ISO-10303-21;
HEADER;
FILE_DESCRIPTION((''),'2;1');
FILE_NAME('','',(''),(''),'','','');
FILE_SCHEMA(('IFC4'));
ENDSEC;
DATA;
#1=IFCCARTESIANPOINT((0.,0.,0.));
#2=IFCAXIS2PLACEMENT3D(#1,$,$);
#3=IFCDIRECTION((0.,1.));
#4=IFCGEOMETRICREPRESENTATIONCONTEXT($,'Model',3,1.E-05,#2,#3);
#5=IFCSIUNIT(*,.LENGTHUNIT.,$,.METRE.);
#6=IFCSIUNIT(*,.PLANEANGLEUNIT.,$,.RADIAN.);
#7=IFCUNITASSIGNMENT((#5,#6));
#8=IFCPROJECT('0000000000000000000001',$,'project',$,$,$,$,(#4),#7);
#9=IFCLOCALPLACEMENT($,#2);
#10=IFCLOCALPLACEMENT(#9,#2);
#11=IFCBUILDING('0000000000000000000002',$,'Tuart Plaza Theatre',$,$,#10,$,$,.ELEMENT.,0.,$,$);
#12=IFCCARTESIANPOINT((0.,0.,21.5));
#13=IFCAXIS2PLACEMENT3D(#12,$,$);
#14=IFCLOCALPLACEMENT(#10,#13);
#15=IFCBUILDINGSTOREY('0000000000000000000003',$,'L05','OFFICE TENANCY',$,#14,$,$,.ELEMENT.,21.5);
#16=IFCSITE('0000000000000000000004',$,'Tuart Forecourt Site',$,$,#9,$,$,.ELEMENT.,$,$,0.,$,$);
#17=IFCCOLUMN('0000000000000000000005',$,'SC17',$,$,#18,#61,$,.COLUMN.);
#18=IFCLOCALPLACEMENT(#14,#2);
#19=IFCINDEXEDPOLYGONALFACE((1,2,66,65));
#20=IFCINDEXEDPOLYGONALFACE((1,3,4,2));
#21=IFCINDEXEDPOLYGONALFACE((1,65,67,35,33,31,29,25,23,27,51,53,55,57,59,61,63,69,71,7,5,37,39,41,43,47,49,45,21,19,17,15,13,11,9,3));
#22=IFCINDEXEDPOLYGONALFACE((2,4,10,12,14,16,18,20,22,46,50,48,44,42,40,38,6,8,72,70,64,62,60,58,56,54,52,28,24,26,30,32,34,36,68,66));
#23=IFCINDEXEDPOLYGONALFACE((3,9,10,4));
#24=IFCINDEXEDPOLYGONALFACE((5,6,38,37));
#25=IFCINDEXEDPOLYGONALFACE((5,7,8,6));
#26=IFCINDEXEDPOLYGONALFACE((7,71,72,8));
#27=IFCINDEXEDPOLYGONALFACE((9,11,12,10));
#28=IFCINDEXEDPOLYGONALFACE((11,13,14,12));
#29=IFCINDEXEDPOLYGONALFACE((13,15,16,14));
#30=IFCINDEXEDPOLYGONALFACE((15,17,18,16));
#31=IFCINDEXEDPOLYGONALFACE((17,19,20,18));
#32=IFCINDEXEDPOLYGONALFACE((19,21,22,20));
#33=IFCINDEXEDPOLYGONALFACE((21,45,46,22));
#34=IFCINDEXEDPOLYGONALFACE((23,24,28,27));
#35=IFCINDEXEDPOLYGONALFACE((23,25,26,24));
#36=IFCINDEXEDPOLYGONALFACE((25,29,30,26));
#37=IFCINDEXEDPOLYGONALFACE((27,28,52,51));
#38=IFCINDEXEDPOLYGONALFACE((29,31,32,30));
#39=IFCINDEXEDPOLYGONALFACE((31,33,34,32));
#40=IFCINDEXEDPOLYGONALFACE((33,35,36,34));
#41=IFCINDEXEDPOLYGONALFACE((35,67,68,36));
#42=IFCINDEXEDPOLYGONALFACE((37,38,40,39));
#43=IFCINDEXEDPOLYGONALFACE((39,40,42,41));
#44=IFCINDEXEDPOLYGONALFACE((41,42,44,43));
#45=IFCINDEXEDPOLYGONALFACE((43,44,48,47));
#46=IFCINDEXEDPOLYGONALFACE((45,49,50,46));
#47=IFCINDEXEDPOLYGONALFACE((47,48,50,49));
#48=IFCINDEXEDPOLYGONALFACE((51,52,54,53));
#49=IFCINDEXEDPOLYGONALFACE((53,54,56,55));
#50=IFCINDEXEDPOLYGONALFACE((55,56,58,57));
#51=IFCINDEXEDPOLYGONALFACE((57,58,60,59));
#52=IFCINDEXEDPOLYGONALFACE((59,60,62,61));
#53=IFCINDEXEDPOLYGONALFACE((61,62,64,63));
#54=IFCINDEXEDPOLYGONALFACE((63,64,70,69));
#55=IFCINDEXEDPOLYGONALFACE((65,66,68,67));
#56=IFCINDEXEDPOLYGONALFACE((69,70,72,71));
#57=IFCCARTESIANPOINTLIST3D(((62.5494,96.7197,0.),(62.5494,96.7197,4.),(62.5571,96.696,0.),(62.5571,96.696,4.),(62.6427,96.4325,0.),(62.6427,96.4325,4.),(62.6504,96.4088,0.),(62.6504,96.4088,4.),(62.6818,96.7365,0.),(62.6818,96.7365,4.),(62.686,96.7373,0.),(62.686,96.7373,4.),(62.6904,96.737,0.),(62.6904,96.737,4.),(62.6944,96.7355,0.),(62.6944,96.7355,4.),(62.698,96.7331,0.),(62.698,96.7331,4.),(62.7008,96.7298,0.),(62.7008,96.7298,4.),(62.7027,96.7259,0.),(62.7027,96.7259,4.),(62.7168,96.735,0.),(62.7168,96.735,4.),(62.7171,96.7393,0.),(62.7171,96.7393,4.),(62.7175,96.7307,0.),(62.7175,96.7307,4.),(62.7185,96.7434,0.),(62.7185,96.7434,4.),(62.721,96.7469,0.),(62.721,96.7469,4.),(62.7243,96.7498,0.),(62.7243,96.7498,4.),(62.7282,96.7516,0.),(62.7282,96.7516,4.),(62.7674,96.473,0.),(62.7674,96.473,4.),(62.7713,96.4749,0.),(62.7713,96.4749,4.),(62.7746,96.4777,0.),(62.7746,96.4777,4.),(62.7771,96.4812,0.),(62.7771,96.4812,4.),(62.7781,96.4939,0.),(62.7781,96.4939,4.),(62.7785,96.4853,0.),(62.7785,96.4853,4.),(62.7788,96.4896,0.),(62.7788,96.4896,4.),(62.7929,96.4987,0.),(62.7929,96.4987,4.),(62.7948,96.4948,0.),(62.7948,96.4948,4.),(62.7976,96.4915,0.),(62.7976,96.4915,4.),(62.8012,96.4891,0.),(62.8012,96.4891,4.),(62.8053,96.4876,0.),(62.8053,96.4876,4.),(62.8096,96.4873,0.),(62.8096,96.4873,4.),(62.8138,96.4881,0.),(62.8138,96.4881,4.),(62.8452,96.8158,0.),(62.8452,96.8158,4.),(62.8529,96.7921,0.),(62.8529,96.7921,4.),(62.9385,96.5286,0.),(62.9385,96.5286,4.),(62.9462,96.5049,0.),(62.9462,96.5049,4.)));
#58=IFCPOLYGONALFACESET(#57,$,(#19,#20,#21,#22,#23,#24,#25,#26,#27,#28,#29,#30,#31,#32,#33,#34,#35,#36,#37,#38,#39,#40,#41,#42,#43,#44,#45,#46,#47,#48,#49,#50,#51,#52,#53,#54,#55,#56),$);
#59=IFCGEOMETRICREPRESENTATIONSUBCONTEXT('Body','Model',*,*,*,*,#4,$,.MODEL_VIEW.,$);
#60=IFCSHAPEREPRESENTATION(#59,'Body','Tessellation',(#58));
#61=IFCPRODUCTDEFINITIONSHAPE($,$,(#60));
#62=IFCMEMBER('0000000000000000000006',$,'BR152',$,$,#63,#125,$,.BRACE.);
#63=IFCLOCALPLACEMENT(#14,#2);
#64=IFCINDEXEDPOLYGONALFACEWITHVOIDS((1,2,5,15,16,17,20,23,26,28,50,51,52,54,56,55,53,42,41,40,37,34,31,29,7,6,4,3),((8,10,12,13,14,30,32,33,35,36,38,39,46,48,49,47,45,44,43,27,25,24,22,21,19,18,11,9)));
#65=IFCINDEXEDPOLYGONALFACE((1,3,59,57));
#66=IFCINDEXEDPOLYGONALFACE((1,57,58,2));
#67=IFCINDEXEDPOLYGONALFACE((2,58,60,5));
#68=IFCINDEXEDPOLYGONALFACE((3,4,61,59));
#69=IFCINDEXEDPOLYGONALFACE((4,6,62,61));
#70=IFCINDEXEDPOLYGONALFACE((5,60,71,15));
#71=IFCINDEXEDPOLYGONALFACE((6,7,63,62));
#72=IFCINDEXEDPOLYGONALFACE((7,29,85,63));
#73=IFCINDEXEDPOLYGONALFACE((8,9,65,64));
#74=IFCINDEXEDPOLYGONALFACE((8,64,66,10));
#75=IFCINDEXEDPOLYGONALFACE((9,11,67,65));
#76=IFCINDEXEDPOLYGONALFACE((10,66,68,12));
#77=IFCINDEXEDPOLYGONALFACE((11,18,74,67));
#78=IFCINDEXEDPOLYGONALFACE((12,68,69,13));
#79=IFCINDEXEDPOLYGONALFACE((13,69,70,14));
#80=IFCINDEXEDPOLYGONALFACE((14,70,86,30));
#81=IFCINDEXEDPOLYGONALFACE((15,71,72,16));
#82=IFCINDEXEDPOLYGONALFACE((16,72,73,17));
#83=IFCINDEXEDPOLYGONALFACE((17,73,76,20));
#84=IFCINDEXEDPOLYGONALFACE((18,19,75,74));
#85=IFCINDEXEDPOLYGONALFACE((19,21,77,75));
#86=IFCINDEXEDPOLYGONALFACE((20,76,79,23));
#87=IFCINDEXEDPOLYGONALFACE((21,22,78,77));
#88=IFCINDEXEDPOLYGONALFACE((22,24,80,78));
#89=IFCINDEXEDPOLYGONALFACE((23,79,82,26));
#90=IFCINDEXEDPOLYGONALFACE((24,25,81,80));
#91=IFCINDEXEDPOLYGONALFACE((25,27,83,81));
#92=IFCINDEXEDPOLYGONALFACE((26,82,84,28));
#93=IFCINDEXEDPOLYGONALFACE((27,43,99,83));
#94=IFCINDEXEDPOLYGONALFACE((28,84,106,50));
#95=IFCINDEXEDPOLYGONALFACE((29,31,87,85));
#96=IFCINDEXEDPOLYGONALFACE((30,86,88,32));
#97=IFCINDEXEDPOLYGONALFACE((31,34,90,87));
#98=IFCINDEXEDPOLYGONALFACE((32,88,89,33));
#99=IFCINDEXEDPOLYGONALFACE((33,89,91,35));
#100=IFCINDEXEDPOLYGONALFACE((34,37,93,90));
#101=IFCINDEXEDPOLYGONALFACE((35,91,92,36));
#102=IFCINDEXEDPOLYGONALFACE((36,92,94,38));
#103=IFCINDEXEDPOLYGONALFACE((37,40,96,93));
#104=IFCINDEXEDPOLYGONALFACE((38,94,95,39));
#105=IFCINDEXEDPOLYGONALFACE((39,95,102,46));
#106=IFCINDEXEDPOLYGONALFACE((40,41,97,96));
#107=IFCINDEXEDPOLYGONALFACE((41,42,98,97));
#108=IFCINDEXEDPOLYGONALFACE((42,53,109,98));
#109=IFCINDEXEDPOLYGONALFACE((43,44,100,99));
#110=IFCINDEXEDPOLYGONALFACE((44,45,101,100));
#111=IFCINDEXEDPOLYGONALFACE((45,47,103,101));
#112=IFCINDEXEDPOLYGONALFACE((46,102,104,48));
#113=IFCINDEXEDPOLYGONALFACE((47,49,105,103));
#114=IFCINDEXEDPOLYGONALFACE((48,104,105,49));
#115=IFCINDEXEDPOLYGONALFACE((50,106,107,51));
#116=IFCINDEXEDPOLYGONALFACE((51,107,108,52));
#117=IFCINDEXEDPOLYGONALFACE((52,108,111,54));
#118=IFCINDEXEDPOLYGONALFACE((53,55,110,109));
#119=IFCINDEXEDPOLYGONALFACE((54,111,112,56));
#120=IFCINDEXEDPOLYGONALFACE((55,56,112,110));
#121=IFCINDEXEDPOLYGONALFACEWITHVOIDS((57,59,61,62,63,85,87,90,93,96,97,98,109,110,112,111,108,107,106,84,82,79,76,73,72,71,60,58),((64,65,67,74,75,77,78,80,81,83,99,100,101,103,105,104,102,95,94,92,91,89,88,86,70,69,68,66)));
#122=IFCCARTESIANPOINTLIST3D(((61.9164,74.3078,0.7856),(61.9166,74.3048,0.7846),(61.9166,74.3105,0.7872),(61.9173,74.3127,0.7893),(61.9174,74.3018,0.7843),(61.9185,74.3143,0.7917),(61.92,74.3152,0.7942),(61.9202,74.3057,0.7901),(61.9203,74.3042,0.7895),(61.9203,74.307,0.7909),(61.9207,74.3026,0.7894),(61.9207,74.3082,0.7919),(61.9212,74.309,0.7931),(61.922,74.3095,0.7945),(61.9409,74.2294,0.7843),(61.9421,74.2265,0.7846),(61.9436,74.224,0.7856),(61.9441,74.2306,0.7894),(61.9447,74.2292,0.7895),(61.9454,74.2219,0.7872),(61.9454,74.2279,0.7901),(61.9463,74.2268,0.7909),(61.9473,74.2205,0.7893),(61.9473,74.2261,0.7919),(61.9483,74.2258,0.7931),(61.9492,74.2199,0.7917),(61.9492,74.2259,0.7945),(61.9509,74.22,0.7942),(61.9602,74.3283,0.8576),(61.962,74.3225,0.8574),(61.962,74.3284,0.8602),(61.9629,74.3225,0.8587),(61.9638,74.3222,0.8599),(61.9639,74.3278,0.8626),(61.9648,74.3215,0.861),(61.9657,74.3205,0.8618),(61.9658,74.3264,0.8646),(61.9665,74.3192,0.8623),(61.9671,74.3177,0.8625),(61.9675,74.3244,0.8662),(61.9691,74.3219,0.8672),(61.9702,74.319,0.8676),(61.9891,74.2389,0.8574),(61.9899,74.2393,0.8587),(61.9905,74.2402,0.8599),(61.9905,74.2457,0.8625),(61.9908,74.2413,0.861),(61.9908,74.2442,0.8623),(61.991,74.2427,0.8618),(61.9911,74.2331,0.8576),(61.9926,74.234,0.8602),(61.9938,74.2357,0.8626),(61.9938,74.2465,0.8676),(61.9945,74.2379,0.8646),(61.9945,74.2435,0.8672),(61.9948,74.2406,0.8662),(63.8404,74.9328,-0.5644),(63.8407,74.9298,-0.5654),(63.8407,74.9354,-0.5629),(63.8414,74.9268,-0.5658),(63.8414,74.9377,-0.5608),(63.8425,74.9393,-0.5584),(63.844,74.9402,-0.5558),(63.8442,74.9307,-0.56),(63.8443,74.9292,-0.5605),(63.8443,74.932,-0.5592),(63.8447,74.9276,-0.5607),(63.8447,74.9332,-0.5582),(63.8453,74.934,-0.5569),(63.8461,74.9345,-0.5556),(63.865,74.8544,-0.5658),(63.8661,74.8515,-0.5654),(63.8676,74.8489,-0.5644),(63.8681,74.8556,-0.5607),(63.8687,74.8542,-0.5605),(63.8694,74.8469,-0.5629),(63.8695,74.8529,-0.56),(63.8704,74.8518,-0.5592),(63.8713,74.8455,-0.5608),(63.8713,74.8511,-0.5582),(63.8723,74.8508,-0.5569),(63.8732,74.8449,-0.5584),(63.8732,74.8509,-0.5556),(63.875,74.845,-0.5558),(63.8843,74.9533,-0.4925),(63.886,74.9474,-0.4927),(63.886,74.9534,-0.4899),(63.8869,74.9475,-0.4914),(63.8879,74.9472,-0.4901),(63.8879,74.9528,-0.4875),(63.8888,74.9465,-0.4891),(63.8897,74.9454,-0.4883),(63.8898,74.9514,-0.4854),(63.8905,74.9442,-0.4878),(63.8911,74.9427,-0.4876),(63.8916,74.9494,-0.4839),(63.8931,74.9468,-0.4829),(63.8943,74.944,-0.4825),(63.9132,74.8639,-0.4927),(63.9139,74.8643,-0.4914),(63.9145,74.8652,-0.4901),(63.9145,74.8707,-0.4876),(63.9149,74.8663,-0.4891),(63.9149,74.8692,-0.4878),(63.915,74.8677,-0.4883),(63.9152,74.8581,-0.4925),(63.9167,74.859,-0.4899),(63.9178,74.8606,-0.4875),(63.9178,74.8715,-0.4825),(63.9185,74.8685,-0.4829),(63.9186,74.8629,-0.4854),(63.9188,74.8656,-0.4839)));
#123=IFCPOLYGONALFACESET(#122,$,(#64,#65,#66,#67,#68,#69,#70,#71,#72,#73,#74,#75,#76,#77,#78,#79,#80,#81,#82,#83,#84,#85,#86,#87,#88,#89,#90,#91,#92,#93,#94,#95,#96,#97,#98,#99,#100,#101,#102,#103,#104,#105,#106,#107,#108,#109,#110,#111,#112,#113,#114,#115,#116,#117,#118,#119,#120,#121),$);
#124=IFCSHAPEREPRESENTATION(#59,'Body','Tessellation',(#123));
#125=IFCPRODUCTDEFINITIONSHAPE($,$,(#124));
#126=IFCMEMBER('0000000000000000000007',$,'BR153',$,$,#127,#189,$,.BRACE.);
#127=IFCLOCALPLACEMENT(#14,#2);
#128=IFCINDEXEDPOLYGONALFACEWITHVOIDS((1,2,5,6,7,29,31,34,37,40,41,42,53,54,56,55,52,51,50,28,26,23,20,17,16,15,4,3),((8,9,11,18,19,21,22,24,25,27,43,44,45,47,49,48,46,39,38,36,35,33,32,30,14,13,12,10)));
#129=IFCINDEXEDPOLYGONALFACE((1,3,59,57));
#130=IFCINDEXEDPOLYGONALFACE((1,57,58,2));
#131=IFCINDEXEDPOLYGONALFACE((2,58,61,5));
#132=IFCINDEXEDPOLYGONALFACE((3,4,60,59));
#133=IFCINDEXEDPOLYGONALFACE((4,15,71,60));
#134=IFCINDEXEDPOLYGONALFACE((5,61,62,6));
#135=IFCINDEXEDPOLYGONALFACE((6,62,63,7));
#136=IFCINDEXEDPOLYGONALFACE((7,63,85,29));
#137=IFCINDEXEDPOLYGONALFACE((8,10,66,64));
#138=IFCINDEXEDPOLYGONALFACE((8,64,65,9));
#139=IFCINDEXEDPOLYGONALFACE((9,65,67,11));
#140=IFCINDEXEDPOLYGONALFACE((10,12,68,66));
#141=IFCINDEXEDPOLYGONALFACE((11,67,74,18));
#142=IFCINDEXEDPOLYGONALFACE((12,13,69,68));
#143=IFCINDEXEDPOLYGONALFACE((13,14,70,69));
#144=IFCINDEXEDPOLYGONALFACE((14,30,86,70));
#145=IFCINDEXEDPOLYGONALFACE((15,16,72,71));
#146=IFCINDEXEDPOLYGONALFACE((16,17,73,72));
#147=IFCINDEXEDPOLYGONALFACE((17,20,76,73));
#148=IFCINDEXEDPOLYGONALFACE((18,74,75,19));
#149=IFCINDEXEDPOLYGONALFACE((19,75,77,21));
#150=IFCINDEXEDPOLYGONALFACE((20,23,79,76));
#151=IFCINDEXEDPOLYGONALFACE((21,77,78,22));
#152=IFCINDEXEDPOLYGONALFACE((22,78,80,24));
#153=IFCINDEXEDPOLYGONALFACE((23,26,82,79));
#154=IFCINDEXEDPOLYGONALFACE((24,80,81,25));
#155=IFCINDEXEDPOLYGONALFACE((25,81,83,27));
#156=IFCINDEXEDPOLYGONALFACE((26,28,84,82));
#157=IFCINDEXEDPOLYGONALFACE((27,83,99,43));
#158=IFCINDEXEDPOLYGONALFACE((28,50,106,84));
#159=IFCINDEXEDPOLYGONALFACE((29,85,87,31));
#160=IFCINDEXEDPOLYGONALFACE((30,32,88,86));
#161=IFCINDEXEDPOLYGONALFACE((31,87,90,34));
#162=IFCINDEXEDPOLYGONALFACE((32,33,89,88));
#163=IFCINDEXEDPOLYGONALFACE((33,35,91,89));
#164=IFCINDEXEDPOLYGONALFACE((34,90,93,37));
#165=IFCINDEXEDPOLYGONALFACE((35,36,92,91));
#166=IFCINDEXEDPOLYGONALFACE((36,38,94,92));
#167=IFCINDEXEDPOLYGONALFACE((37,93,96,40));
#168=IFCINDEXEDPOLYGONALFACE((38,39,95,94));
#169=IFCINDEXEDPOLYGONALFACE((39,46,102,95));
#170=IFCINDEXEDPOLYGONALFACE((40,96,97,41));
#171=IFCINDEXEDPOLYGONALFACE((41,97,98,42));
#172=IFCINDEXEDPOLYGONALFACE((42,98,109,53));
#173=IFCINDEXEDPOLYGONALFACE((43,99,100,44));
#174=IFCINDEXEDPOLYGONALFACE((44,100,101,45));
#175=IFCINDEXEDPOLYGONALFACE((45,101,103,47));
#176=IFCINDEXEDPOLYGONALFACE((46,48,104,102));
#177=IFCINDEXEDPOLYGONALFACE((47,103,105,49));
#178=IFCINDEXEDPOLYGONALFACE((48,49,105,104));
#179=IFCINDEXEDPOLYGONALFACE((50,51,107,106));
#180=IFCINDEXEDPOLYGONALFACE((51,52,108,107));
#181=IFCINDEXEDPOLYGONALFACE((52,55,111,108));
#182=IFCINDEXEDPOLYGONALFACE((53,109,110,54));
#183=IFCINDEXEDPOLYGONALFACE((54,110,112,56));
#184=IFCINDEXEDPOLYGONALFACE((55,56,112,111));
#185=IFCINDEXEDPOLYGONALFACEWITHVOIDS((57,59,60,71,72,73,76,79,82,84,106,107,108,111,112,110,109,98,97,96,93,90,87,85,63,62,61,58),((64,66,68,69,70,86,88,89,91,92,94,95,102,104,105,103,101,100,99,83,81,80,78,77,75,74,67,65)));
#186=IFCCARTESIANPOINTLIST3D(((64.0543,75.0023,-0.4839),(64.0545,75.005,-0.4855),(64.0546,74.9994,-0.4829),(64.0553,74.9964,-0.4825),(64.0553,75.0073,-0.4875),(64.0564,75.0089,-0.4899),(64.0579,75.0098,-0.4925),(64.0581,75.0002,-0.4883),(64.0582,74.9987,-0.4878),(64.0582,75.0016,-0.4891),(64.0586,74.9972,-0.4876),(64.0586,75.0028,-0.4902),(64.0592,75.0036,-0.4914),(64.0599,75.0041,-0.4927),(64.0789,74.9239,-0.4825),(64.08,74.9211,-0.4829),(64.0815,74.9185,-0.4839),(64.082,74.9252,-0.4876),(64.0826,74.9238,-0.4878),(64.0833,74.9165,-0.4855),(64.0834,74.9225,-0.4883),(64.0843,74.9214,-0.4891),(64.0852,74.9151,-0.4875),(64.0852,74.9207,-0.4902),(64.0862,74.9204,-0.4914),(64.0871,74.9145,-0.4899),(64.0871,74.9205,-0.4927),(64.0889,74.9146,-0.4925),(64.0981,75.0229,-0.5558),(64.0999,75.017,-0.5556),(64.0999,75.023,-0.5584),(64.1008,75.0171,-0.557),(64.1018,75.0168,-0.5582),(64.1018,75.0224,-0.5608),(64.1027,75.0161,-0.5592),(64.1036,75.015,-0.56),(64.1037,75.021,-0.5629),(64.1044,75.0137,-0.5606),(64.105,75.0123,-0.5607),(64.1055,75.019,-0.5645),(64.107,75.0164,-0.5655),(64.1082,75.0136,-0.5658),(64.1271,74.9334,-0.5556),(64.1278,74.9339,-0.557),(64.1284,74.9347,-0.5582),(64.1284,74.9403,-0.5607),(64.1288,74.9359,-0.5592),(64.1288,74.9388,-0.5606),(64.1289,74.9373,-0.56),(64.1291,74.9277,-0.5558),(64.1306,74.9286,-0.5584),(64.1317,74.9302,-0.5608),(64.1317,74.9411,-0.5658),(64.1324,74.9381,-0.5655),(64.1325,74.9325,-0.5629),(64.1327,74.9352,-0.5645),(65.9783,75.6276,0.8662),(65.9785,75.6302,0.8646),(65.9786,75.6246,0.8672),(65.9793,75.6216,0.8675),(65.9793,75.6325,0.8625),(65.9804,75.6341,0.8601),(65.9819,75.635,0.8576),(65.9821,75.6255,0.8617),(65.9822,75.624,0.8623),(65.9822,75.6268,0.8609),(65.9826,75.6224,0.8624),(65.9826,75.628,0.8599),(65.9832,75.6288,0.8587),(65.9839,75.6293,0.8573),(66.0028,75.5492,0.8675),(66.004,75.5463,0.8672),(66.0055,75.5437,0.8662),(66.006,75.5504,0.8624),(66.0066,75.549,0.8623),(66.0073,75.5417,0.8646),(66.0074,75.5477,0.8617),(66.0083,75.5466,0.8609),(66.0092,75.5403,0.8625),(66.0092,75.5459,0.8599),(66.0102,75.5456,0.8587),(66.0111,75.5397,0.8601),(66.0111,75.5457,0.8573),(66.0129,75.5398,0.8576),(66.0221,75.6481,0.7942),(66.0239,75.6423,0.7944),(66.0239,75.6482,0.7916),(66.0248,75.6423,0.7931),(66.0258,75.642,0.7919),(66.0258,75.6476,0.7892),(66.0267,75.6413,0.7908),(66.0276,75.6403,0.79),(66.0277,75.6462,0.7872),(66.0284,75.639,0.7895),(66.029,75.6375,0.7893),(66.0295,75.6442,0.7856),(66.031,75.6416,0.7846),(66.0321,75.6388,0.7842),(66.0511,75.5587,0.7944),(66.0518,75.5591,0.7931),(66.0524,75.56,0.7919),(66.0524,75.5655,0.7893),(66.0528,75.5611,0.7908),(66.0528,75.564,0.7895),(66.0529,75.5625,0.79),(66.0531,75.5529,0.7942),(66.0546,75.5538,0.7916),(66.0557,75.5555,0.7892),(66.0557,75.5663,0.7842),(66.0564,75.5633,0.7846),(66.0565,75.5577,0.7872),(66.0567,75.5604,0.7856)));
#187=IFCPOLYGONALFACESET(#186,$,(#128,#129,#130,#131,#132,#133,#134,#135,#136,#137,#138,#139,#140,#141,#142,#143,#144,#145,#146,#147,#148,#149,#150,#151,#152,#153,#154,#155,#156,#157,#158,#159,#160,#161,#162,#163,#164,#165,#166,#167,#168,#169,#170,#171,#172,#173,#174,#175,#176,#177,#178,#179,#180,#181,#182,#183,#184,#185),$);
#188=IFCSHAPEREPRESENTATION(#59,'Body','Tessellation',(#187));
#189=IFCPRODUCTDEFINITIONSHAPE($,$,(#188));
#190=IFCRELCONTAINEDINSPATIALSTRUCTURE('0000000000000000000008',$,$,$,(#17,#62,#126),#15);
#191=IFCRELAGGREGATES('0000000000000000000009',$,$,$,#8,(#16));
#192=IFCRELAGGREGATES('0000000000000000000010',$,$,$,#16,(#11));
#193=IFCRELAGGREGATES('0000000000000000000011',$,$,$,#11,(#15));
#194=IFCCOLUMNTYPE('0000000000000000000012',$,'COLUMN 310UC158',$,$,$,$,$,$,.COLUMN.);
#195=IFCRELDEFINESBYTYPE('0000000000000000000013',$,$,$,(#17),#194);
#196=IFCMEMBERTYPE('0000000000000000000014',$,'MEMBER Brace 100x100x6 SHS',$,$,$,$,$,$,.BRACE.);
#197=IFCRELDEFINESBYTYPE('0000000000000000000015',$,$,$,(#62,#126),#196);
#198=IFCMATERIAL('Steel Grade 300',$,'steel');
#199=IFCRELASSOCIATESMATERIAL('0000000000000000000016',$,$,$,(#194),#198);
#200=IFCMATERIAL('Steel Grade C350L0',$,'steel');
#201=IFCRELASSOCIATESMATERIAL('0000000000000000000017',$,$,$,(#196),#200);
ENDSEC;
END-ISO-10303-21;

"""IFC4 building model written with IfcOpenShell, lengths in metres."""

from ifc_helpers import new_model, si_unit, direction, frame, origin, origin_2d, place, context, subcontext, project, spatial, hollow_rectangle, i_section, extrude, material, material_profile, profile_set, type_object, element, save


model = new_model("IFC4")

# Units and contexts
model_context = context("Model", 3, precision=1e-05, world=origin(), true_north=direction((0.0, 1.0)))
body_context = subcontext(model_context, "Body", "Model", "MODEL_VIEW")
ifc_project = project(units=[si_unit("LENGTHUNIT", "METRE"), si_unit("PLANEANGLEUNIT", "RADIAN")], contexts=[model_context])

# Site, building, storey
site_placement = place(None, origin())
site = spatial("IfcSite", under=ifc_project, at=site_placement, Name="Tuart Forecourt Site", CompositionType="ELEMENT", RefElevation=0.0)
building_placement = place(site_placement, origin())
building = spatial("IfcBuilding", under=site, at=building_placement, Name="Tuart Plaza Theatre", CompositionType="ELEMENT", ElevationOfRefHeight=0.0)
storey_placement = place(building_placement, frame((0.0, 0.0, 21.5)))
storey = spatial("IfcBuildingStorey", under=building, at=storey_placement, Name="L05", Description="OFFICE TENANCY", CompositionType="ELEMENT", Elevation=21.5)

# Column
ifc_material_1 = material(Name="Steel Grade 300", Category="steel")
ifc_material_profile_1 = material_profile(ifc_material_1, i_section(OverallWidth=0.311, OverallDepth=0.3269, WebThickness=0.0156, FlangeThickness=0.0249, FilletRadius=0.0166, at=origin_2d()), Name="310UC158")
ifc_profile_set_1 = profile_set([ifc_material_profile_1], Name="Steel Grade 300")
column_type = type_object("IfcColumnType", Name="COLUMN 310UC158", PredefinedType="COLUMN", material=ifc_profile_set_1)
for number, where, z_axis, x_axis, name in (
    (1, (62.7478, 96.6123, 0.0), (0.0, 0.0, 1.0), (0.951057, 0.309017, 0.0), "SC17"),
):
    element("IfcColumn", number, at=place(storey_placement, frame(where, z_axis=z_axis, x_axis=x_axis)), inside=storey, type_object=column_type, Name=name, PredefinedType="COLUMN", context=body_context, shape_type="SweptSolid", body=[
        extrude(i_section(OverallWidth=0.311, OverallDepth=0.3269, WebThickness=0.0156, FlangeThickness=0.0249, FilletRadius=0.0166, at=origin_2d()), origin(), (0.0, 0.0, 1.0), 4.0),
    ])

# Members
ifc_material_2 = material(Name="Steel Grade C350L0", Category="steel")
ifc_material_profile_2 = material_profile(ifc_material_2, hollow_rectangle(XDim=0.1001, YDim=0.1001, WallThickness=0.0061, InnerFilletRadius=0.0061, OuterFilletRadius=0.012, at=origin_2d()), Name="100x100x6 SHS")
ifc_profile_set_2 = profile_set([ifc_material_profile_2], Name="Steel Grade C350L0")
member_type_1 = type_object("IfcMemberType", Name="MEMBER Brace 100x100x6 SHS", PredefinedType="BRACE", material=ifc_profile_set_2)
for number, where, z_axis, x_axis, name in (
    (2, (61.9556, 74.2742, 0.8259), (0.791093, 0.256972, -0.5551), (-0.308941, 0.951081, 0.0), "BR152"),
    (3, (64.0935, 74.9688, -0.5242), (0.791073, 0.257066, 0.555086), (-0.309051, 0.951046, 0.0), "BR153"),
):
    element("IfcMember", number, at=place(storey_placement, frame(where, z_axis=z_axis, x_axis=x_axis)), inside=storey, type_object=member_type_1, Name=name, PredefinedType="BRACE", context=body_context, shape_type="SweptSolid", body=[
        extrude(hollow_rectangle(XDim=0.1001, YDim=0.1001, WallThickness=0.0061, InnerFilletRadius=0.0061, OuterFilletRadius=0.012, at=origin_2d()), origin(), (0.0, 0.0, 1.0), 2.4321),
    ])

save(model, "model.ifc")
